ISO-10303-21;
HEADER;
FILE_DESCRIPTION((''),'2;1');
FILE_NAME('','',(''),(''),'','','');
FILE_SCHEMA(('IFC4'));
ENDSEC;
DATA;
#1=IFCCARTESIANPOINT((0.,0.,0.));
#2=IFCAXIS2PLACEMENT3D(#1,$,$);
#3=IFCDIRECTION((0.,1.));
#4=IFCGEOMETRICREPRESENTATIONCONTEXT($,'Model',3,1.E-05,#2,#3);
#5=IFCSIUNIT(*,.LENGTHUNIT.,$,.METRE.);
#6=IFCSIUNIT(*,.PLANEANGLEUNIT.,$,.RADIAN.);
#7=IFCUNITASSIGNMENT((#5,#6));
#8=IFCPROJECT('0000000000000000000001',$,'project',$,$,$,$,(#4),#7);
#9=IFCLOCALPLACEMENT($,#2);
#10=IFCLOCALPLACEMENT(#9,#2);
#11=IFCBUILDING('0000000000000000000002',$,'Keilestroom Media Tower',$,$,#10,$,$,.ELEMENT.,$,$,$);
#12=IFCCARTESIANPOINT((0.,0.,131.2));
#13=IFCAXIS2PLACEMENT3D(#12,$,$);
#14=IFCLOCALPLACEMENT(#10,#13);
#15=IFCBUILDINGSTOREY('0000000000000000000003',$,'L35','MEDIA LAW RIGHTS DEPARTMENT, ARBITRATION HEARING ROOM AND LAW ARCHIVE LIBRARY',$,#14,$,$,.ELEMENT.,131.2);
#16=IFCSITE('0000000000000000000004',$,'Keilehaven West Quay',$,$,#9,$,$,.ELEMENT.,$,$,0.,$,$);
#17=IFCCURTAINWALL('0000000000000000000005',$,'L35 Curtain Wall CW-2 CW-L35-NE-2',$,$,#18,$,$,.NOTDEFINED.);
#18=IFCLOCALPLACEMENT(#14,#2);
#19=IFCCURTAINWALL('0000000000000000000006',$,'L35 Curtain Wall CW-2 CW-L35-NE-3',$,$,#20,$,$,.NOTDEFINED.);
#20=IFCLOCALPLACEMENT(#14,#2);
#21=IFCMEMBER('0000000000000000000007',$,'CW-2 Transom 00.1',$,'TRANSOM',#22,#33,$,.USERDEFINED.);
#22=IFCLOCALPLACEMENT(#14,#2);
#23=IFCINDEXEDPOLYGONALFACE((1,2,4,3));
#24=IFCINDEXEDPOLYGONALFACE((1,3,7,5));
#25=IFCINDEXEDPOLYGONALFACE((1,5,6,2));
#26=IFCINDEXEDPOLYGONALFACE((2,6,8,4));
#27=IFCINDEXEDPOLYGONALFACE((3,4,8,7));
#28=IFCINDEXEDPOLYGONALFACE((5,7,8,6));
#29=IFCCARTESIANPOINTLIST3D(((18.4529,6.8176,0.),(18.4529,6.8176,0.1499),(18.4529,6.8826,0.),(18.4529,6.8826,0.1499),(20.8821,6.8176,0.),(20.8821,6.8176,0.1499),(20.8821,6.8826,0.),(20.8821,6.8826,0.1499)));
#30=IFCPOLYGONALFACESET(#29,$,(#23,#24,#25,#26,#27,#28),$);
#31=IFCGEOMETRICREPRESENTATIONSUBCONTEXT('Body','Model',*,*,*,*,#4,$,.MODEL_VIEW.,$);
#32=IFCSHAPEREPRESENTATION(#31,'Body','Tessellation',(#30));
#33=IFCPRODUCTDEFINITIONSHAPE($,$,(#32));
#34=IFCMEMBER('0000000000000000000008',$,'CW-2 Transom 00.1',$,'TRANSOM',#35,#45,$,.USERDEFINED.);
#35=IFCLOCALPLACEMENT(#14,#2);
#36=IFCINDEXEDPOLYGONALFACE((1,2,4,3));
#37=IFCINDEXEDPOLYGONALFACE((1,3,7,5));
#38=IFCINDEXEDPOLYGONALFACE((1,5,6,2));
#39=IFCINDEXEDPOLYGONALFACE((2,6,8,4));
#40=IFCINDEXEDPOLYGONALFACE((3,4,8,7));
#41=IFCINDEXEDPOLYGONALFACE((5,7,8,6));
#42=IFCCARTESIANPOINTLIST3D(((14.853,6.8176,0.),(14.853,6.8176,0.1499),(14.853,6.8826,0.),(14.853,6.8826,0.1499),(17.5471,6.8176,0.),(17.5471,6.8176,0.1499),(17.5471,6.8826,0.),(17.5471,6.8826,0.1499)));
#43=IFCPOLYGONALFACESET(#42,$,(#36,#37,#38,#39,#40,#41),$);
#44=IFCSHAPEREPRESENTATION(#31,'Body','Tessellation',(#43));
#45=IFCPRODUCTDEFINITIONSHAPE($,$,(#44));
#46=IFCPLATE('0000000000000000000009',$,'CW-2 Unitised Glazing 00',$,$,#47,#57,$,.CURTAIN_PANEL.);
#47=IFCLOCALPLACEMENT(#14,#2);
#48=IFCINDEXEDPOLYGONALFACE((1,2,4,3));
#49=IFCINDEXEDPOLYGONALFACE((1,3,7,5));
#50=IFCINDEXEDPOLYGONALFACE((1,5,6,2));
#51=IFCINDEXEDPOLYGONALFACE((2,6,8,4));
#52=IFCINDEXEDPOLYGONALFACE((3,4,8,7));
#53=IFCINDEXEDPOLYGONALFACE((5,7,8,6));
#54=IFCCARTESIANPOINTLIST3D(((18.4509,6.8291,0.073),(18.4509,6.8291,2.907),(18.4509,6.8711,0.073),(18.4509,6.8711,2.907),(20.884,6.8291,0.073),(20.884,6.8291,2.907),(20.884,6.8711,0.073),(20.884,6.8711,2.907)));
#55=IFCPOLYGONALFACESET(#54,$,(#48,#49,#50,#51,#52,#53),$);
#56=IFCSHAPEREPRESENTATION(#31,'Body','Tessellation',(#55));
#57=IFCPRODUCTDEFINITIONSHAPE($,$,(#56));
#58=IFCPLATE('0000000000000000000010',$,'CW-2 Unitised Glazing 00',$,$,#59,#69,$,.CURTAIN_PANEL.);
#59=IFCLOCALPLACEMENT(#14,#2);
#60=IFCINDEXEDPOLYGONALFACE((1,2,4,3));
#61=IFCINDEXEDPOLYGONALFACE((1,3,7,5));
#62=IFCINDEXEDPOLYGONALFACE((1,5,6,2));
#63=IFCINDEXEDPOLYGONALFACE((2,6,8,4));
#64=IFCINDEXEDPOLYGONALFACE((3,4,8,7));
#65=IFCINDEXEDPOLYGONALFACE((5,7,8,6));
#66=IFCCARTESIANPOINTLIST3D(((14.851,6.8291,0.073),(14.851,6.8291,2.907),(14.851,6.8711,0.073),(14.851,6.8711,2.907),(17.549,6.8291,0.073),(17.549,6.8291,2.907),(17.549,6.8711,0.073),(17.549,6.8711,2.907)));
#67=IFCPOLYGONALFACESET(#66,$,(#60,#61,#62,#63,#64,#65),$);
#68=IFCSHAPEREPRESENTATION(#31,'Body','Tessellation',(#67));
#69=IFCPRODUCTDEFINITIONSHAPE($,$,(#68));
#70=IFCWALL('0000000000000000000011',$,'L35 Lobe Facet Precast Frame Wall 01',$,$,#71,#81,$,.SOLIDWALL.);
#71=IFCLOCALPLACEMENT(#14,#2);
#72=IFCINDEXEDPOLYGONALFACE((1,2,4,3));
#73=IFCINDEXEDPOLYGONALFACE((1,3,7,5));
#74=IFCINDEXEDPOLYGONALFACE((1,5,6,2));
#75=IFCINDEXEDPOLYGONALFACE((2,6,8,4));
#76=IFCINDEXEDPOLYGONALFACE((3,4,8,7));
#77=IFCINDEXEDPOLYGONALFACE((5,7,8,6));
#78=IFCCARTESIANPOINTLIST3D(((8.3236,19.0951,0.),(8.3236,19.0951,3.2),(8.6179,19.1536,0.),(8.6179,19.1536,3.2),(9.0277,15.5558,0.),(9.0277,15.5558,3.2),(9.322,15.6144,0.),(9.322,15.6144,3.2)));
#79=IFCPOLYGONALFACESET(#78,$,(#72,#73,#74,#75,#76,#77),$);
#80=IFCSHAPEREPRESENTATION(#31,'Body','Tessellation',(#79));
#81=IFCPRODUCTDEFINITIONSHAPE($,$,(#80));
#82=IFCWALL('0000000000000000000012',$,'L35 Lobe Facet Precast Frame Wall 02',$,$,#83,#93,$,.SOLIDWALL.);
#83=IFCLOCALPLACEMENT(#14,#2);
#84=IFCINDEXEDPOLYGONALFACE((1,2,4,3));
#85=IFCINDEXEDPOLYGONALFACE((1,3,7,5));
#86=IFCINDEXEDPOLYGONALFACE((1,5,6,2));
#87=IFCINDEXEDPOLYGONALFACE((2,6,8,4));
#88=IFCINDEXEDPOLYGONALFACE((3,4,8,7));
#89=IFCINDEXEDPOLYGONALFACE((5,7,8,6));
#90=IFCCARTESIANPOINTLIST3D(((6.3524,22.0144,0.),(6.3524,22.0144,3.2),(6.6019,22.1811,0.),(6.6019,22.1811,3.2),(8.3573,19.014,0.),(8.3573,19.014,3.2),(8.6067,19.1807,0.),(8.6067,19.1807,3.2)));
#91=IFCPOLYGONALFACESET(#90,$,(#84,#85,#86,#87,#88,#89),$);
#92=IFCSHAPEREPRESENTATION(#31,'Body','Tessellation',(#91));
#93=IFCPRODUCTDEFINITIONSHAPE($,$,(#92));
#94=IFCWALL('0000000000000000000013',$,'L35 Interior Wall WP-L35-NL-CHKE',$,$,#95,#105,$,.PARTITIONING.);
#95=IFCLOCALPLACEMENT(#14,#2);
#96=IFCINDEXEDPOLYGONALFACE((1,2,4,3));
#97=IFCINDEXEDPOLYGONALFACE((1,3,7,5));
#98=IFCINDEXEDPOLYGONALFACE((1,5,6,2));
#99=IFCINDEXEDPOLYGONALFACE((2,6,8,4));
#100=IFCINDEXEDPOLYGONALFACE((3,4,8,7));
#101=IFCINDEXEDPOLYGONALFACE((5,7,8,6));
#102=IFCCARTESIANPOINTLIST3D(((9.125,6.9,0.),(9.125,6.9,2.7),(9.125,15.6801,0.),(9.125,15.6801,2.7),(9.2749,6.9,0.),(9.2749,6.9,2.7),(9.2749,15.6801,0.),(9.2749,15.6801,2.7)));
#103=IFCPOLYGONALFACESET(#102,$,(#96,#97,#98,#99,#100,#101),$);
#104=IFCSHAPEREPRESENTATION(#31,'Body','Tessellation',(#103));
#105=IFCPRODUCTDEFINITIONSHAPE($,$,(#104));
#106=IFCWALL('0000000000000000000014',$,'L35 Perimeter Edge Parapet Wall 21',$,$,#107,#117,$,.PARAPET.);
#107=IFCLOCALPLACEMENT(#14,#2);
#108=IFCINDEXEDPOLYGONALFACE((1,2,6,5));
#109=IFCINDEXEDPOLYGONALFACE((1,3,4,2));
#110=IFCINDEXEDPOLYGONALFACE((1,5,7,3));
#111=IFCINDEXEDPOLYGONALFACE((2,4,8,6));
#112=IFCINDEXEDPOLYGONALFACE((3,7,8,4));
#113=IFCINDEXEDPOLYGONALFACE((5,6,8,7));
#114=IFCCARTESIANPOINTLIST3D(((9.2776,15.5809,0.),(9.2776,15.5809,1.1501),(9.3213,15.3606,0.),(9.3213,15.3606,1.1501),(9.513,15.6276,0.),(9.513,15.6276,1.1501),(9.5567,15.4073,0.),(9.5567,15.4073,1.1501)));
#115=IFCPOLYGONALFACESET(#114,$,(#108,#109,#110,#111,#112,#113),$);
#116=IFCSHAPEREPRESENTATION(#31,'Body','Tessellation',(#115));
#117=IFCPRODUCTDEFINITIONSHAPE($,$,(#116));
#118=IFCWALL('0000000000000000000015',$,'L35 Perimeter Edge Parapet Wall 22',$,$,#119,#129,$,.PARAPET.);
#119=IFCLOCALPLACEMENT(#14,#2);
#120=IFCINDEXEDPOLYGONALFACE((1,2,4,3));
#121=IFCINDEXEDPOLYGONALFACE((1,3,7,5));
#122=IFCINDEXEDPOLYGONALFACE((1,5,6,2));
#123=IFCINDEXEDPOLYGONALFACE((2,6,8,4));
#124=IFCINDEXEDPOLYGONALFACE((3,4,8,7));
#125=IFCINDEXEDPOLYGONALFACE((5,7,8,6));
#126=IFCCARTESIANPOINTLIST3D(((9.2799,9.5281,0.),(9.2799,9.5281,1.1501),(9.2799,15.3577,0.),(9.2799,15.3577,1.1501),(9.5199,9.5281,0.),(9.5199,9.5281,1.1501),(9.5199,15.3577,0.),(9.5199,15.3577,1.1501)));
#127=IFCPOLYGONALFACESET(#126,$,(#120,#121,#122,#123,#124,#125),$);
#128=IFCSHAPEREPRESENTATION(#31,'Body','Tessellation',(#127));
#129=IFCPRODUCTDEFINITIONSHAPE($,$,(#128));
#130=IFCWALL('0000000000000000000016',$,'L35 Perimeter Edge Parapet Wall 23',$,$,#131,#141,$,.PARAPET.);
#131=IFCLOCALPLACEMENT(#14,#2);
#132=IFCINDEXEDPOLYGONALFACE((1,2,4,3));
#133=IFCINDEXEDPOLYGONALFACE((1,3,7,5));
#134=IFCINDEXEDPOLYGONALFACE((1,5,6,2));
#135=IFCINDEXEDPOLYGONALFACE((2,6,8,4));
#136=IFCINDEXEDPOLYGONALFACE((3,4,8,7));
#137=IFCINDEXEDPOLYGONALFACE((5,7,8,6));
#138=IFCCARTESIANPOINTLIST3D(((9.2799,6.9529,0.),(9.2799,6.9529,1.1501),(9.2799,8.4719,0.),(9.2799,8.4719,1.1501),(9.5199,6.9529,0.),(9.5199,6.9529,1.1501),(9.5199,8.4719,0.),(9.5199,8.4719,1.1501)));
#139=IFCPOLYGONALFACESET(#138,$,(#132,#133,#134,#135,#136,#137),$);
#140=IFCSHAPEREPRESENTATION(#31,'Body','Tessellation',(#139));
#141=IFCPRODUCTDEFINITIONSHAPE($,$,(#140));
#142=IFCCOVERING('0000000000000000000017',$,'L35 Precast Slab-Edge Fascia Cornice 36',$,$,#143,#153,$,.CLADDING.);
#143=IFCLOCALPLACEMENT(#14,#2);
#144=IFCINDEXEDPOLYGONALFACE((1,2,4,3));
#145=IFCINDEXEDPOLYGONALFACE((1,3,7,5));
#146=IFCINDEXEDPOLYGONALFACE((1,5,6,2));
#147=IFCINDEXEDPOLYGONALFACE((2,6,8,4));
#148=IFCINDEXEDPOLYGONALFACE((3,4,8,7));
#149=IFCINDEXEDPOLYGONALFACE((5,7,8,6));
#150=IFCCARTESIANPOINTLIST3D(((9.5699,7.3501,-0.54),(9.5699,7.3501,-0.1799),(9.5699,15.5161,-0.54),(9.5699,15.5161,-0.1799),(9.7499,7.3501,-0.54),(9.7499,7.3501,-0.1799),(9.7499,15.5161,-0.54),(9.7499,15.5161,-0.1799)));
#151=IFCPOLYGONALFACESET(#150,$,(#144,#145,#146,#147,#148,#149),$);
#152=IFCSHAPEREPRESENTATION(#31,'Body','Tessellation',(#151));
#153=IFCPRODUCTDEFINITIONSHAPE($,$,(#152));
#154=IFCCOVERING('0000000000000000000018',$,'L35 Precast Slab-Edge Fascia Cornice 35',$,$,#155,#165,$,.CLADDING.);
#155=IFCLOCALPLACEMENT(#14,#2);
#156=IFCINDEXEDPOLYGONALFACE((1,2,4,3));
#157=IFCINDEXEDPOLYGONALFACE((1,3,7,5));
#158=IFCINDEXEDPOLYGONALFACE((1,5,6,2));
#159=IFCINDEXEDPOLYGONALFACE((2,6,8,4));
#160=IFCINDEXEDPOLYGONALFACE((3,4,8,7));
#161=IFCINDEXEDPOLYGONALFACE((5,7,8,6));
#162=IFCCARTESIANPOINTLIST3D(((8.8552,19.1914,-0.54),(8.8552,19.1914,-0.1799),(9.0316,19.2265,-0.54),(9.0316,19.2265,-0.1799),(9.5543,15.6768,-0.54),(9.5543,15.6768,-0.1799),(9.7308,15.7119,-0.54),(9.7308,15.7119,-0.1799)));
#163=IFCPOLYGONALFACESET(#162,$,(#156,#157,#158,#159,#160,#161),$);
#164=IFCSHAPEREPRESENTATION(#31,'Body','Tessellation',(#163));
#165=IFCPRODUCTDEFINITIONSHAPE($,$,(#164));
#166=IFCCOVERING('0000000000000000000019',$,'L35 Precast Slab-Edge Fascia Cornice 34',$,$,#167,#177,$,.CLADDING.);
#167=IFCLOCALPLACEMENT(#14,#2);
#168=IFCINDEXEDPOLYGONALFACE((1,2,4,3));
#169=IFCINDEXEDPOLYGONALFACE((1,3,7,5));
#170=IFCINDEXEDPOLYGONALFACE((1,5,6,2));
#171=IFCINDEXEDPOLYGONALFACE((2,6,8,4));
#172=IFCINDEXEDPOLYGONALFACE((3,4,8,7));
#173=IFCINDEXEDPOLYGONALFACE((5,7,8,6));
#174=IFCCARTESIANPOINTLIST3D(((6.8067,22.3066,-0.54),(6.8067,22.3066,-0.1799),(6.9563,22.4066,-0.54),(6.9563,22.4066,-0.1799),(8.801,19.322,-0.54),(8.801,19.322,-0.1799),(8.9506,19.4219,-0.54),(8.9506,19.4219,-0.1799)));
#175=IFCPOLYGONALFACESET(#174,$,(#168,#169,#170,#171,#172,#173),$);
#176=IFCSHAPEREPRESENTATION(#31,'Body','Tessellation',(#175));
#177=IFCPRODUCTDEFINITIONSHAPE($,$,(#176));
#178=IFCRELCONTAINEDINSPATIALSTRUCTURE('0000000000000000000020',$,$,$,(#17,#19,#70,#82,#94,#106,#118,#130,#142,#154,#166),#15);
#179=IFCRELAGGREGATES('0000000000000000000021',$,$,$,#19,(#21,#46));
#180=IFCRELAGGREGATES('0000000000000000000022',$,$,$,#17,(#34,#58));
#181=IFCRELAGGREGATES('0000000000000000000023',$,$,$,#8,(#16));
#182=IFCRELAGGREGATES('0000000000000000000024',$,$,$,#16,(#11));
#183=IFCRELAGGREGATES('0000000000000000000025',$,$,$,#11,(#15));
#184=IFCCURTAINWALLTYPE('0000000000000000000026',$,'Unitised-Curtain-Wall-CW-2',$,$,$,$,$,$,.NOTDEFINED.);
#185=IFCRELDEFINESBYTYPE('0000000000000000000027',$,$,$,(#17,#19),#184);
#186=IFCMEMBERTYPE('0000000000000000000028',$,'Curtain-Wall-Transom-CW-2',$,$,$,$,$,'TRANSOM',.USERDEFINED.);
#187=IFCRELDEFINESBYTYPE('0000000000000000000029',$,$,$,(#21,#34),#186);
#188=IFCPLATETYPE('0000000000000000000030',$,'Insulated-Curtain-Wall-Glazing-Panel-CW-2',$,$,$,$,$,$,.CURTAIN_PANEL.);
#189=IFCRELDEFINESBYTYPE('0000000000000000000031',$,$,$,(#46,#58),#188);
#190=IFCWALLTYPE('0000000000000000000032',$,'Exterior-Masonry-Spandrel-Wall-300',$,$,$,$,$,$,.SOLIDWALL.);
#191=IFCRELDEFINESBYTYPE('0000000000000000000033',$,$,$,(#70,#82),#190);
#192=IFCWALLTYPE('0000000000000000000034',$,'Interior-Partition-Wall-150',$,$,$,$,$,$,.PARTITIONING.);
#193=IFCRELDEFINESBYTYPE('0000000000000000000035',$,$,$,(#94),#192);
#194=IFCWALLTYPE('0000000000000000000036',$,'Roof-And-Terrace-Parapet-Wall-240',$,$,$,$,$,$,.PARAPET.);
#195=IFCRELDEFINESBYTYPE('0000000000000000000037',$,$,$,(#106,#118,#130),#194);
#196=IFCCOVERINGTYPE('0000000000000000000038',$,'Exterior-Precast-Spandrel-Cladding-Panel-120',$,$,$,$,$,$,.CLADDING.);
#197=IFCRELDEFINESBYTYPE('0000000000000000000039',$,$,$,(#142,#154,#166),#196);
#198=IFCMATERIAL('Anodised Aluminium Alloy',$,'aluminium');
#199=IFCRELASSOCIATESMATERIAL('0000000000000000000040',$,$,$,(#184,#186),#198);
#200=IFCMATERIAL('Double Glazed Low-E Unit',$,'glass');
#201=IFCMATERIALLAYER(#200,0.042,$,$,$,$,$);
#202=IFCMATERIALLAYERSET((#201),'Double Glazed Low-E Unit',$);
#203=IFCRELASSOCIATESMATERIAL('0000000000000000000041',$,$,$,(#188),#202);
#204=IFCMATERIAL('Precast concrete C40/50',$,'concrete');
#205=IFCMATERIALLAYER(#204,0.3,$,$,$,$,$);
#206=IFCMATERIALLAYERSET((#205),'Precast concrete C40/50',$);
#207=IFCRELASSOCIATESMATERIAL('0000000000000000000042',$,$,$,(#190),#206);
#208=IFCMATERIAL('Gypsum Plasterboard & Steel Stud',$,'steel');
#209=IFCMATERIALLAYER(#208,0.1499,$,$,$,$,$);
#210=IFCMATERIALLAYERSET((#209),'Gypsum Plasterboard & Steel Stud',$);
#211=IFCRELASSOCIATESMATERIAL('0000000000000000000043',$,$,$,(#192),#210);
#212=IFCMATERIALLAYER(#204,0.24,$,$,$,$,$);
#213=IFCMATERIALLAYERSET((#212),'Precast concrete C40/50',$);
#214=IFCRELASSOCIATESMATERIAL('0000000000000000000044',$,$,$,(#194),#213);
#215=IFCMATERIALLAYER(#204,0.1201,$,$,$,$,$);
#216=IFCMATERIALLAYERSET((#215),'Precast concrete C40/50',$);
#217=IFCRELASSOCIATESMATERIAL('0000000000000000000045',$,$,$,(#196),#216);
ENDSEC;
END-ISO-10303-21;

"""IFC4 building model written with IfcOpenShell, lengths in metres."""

from ifc_helpers import new_model, si_unit, direction, frame, frame_2d, origin, origin_2d, place, context, subcontext, project, spatial, rectangle, extrude, source, transform, mapped, material, layer, layer_set, material_profile, profile_set, type_object, element, aggregate, save


model = new_model("IFC4")

# Units and contexts
model_context = context("Model", 3, precision=1e-05, world=origin(), true_north=direction((0.0, 1.0)))
body_context = subcontext(model_context, "Body", "Model", "MODEL_VIEW")
ifc_project = project(units=[si_unit("LENGTHUNIT", "METRE"), si_unit("PLANEANGLEUNIT", "RADIAN")], contexts=[model_context])

# Site, building, storey
site_placement = place(None, origin())
site = spatial("IfcSite", under=ifc_project, at=site_placement, Name="Keilehaven West Quay", CompositionType="ELEMENT", RefElevation=0.0)
building_placement = place(site_placement, origin())
building = spatial("IfcBuilding", under=site, at=building_placement, Name="Keilestroom Media Tower", CompositionType="ELEMENT")
storey_placement = place(building_placement, frame((0.0, 0.0, 131.2)))
storey = spatial("IfcBuildingStorey", under=building, at=storey_placement, Name="L35", Description="MEDIA LAW RIGHTS DEPARTMENT, ARBITRATION HEARING ROOM AND LAW ARCHIVE LIBRARY", CompositionType="ELEMENT", Elevation=131.2)

# Shared definitions
ifc_material_1 = material(Name="Precast concrete C40/50", Category="concrete")

# Shared definitions
ifc_material_2 = material(Name="Anodised Aluminium Alloy", Category="aluminium")
curtain_wall_type = type_object("IfcCurtainWallType", Name="Unitised-Curtain-Wall-CW-2", PredefinedType="NOTDEFINED", material=ifc_material_2)

# Curtain walls, member
curtain_wall_1_placement = place(storey_placement, origin())
curtain_wall_1 = element("IfcCurtainWall", 1, at=curtain_wall_1_placement, inside=storey, type_object=curtain_wall_type, Name="L35 Curtain Wall CW-2 CW-L35-NE-2", PredefinedType="NOTDEFINED")
curtain_wall_2_placement = place(storey_placement, origin())
curtain_wall_2 = element("IfcCurtainWall", 2, at=curtain_wall_2_placement, inside=storey, type_object=curtain_wall_type, Name="L35 Curtain Wall CW-2 CW-L35-NE-3", PredefinedType="NOTDEFINED")
ifc_material_profile_1 = material_profile(ifc_material_2, rectangle(XDim=0.0649, YDim=0.1499, at=origin_2d()), Name="ALU TRANSOM 65x150")
ifc_profile_set_1 = profile_set([ifc_material_profile_1], Name="Anodised Aluminium Alloy")
member_type_1 = type_object("IfcMemberType", Name="Curtain-Wall-Transom-CW-2", ElementType="TRANSOM", PredefinedType="USERDEFINED", material=ifc_profile_set_1)
shared_shape_1 = source(origin(), body_context, "Body", "SweptSolid", [
    extrude(rectangle(XDim=0.0649, YDim=0.1499, at=origin_2d()), origin(), (0.0, 0.0, 1.0), 2.4292),
])
member_1_placement = place(storey_placement, frame((18.4529, 6.8501, 0.075), z_axis=(1.0, 0.0, 0.0), x_axis=(0.0, 1.0, 0.0)))
member_1 = element("IfcMember", 3, at=member_1_placement, type_object=member_type_1, Name="CW-2 Transom 00.1", ObjectType="TRANSOM", PredefinedType="USERDEFINED", context=body_context, shape_type="MappedRepresentation", body=[
    mapped(shared_shape_1, transform((0.0, 0.0, 0.0), x_axis=(1.0, 0.0, 0.0), y_axis=(0.0, 1.0, 0.0), z_axis=(0.0, 0.0, 1.0), scale=1.0)),
])

# Member
shared_shape_2 = source(origin(), body_context, "Body", "SweptSolid", [
    extrude(rectangle(XDim=0.0649, YDim=0.1499, at=origin_2d()), origin(), (0.0, 0.0, 1.0), 2.6941),
])
member_2_placement = place(storey_placement, frame((14.853, 6.8501, 0.075), z_axis=(1.0, 0.0, 0.0), x_axis=(0.0, 1.0, 0.0)))
member_2 = element("IfcMember", 4, at=member_2_placement, type_object=member_type_1, Name="CW-2 Transom 00.1", ObjectType="TRANSOM", PredefinedType="USERDEFINED", context=body_context, shape_type="MappedRepresentation", body=[
    mapped(shared_shape_2, transform((0.0, 0.0, 0.0), x_axis=(1.0, 0.0, 0.0), y_axis=(0.0, 1.0, 0.0), z_axis=(0.0, 0.0, 1.0), scale=1.0)),
])

# Plates
ifc_material_3 = material(Name="Double Glazed Low-E Unit", Category="glass")
ifc_layer_1 = layer(ifc_material_3, 0.042)
ifc_layer_set_1 = layer_set([ifc_layer_1], Name="Double Glazed Low-E Unit")
plate_type = type_object("IfcPlateType", Name="Insulated-Curtain-Wall-Glazing-Panel-CW-2", PredefinedType="CURTAIN_PANEL", material=ifc_layer_set_1)
shared_shape_3 = source(origin(), body_context, "Body", "SweptSolid", [
    extrude(rectangle(XDim=2.4331, YDim=0.042, at=origin_2d()), origin(), (0.0, 0.0, 1.0), 2.834),
])
plate_1_placement = place(storey_placement, frame((19.6675, 6.8501, 0.073), z_axis=(0.0, 0.0, 1.0), x_axis=(1.0, 0.0, 0.0)))
plate_1 = element("IfcPlate", 5, at=plate_1_placement, type_object=plate_type, Name="CW-2 Unitised Glazing 00", PredefinedType="CURTAIN_PANEL", context=body_context, shape_type="MappedRepresentation", body=[
    mapped(shared_shape_3, transform((0.0, 0.0, 0.0), x_axis=(1.0, 0.0, 0.0), y_axis=(0.0, 1.0, 0.0), z_axis=(0.0, 0.0, 1.0), scale=1.0)),
])
aggregate(curtain_wall_2, [member_1, plate_1])
shared_shape_4 = source(origin(), body_context, "Body", "SweptSolid", [
    extrude(rectangle(XDim=2.698, YDim=0.042, at=origin_2d()), origin(), (0.0, 0.0, 1.0), 2.834),
])
plate_2_placement = place(storey_placement, frame((16.2, 6.8501, 0.073), z_axis=(0.0, 0.0, 1.0), x_axis=(1.0, 0.0, 0.0)))
plate_2 = element("IfcPlate", 6, at=plate_2_placement, type_object=plate_type, Name="CW-2 Unitised Glazing 00", PredefinedType="CURTAIN_PANEL", context=body_context, shape_type="MappedRepresentation", body=[
    mapped(shared_shape_4, transform((0.0, 0.0, 0.0), x_axis=(1.0, 0.0, 0.0), y_axis=(0.0, 1.0, 0.0), z_axis=(0.0, 0.0, 1.0), scale=1.0)),
])
aggregate(curtain_wall_1, [member_2, plate_2])

# Walls
ifc_layer_2 = layer(ifc_material_1, 0.3)
ifc_layer_set_2 = layer_set([ifc_layer_2], Name="Precast concrete C40/50")
wall_type_1 = type_object("IfcWallType", Name="Exterior-Masonry-Spandrel-Wall-300", PredefinedType="SOLIDWALL", material=ifc_layer_set_2)
for number, where, z_axis, x_axis, name in (
    (7, (9.1748, 15.5852, 0.0), (0.0, 0.0, 1.0), (-0.195114, 0.980781, 0.0), "L35 Lobe Facet Precast Frame Wall 01"),
    (8, (8.4819, 19.0974, 0.0), (0.0, 0.0, 1.0), (-0.555574, 0.831467, 0.0), "L35 Lobe Facet Precast Frame Wall 02"),
):
    element("IfcWall", number, at=place(storey_placement, frame(where, z_axis=z_axis, x_axis=x_axis)), inside=storey, type_object=wall_type_1, Name=name, PredefinedType="SOLIDWALL", context=body_context, shape_type="SweptSolid", body=[
        extrude(rectangle(XDim=3.6086, YDim=0.3, at=frame_2d((1.8042, 0.0))), origin(), (0.0, 0.0, 1.0), 3.2),
    ])
ifc_material_4 = material(Name="Gypsum Plasterboard & Steel Stud", Category="steel")
ifc_layer_3 = layer(ifc_material_4, 0.1499)
ifc_layer_set_3 = layer_set([ifc_layer_3], Name="Gypsum Plasterboard & Steel Stud")
wall_type_2 = type_object("IfcWallType", Name="Interior-Partition-Wall-150", PredefinedType="PARTITIONING", material=ifc_layer_set_3)
wall_1_placement = place(storey_placement, frame((9.2, 6.8999, 0.0), z_axis=(0.0, 0.0, 1.0), x_axis=(0.0, 1.0, 0.0)))
element("IfcWall", 9, at=wall_1_placement, inside=storey, type_object=wall_type_2, Name="L35 Interior Wall WP-L35-NL-CHKE", PredefinedType="PARTITIONING", context=body_context, shape_type="SweptSolid", body=[
    extrude(rectangle(XDim=8.78, YDim=0.1499, at=frame_2d((4.3901, 0.0))), origin(), (0.0, 0.0, 1.0), 2.7),
])
ifc_layer_4 = layer(ifc_material_1, 0.24)
ifc_layer_set_4 = layer_set([ifc_layer_4], Name="Precast concrete C40/50")
wall_type_3 = type_object("IfcWallType", Name="Roof-And-Terrace-Parapet-Wall-240", PredefinedType="PARAPET", material=ifc_layer_set_4)
wall_2_placement = place(storey_placement, frame((9.3953, 15.6042, 0.0), z_axis=(0.0, 0.0, 1.0), x_axis=(0.194652, -0.980872, 0.0)))
element("IfcWall", 10, at=wall_2_placement, inside=storey, type_object=wall_type_3, Name="L35 Perimeter Edge Parapet Wall 21", PredefinedType="PARAPET", context=body_context, shape_type="SweptSolid", body=[
    extrude(rectangle(XDim=0.2246, YDim=0.24, at=frame_2d((0.1123, 0.0))), origin(), (0.0, 0.0, 1.0), 1.1501),
])
wall_3_placement = place(storey_placement, frame((9.3999, 15.3577, 0.0), z_axis=(0.0, 0.0, 1.0), x_axis=(0.0, -1.0, 0.0)))
element("IfcWall", 11, at=wall_3_placement, inside=storey, type_object=wall_type_3, Name="L35 Perimeter Edge Parapet Wall 22", PredefinedType="PARAPET", context=body_context, shape_type="SweptSolid", body=[
    extrude(rectangle(XDim=5.8296, YDim=0.24, at=frame_2d((2.9148, 0.0))), origin(), (0.0, 0.0, 1.0), 1.1501),
])
wall_4_placement = place(storey_placement, frame((9.3999, 8.4719, 0.0), z_axis=(0.0, 0.0, 1.0), x_axis=(0.0, -1.0, 0.0)))
element("IfcWall", 12, at=wall_4_placement, inside=storey, type_object=wall_type_3, Name="L35 Perimeter Edge Parapet Wall 23", PredefinedType="PARAPET", context=body_context, shape_type="SweptSolid", body=[
    extrude(rectangle(XDim=1.519, YDim=0.24, at=frame_2d((0.7595, 0.0))), origin(), (0.0, 0.0, 1.0), 1.1501),
])

# Coverings
ifc_layer_5 = layer(ifc_material_1, 0.1201)
ifc_layer_set_5 = layer_set([ifc_layer_5], Name="Precast concrete C40/50")
covering_type = type_object("IfcCoveringType", Name="Exterior-Precast-Spandrel-Cladding-Panel-120", PredefinedType="CLADDING", material=ifc_layer_set_5)
shared_shape_5 = source(origin(), body_context, "Body", "SweptSolid", [
    extrude(rectangle(XDim=8.166, YDim=0.1799, at=origin_2d()), origin(), (0.0, 0.0, 1.0), 0.3601),
])
covering_1_placement = place(storey_placement, frame((9.6599, 11.4331, -0.54), z_axis=(0.0, 0.0, 1.0), x_axis=(0.0, -1.0, 0.0)))
element("IfcCovering", 13, at=covering_1_placement, inside=storey, type_object=covering_type, Name="L35 Precast Slab-Edge Fascia Cornice 36", PredefinedType="CLADDING", context=body_context, shape_type="MappedRepresentation", body=[
    mapped(shared_shape_5, transform((0.0, 0.0, 0.0), x_axis=(1.0, 0.0, 0.0), y_axis=(0.0, 1.0, 0.0), z_axis=(0.0, 0.0, 1.0), scale=1.0)),
])
shared_shape_6 = source(origin(), body_context, "Body", "SweptSolid", [
    extrude(rectangle(XDim=3.5835, YDim=0.1799, at=origin_2d()), origin(), (0.0, 0.0, 1.0), 0.3601),
])
covering_2_placement = place(storey_placement, frame((9.293, 17.4517, -0.54), z_axis=(0.0, 0.0, 1.0), x_axis=(0.195099, -0.980784, 0.0)))
element("IfcCovering", 14, at=covering_2_placement, inside=storey, type_object=covering_type, Name="L35 Precast Slab-Edge Fascia Cornice 35", PredefinedType="CLADDING", context=body_context, shape_type="MappedRepresentation", body=[
    mapped(shared_shape_6, transform((0.0, 0.0, 0.0), x_axis=(1.0, 0.0, 0.0), y_axis=(0.0, 1.0, 0.0), z_axis=(0.0, 0.0, 1.0), scale=1.0)),
])
shared_shape_7 = source(origin(), body_context, "Body", "SweptSolid", [
    extrude(rectangle(XDim=3.5896, YDim=0.1799, at=origin_2d()), origin(), (0.0, 0.0, 1.0), 0.3601),
])
covering_3_placement = place(storey_placement, frame((7.8787, 20.8643, -0.54), z_axis=(0.0, 0.0, 1.0), x_axis=(0.555575, -0.831467, 0.0)))
element("IfcCovering", 15, at=covering_3_placement, inside=storey, type_object=covering_type, Name="L35 Precast Slab-Edge Fascia Cornice 34", PredefinedType="CLADDING", context=body_context, shape_type="MappedRepresentation", body=[
    mapped(shared_shape_7, transform((0.0, 0.0, 0.0), x_axis=(1.0, 0.0, 0.0), y_axis=(0.0, 1.0, 0.0), z_axis=(0.0, 0.0, 1.0), scale=1.0)),
])

save(model, "model.ifc")
